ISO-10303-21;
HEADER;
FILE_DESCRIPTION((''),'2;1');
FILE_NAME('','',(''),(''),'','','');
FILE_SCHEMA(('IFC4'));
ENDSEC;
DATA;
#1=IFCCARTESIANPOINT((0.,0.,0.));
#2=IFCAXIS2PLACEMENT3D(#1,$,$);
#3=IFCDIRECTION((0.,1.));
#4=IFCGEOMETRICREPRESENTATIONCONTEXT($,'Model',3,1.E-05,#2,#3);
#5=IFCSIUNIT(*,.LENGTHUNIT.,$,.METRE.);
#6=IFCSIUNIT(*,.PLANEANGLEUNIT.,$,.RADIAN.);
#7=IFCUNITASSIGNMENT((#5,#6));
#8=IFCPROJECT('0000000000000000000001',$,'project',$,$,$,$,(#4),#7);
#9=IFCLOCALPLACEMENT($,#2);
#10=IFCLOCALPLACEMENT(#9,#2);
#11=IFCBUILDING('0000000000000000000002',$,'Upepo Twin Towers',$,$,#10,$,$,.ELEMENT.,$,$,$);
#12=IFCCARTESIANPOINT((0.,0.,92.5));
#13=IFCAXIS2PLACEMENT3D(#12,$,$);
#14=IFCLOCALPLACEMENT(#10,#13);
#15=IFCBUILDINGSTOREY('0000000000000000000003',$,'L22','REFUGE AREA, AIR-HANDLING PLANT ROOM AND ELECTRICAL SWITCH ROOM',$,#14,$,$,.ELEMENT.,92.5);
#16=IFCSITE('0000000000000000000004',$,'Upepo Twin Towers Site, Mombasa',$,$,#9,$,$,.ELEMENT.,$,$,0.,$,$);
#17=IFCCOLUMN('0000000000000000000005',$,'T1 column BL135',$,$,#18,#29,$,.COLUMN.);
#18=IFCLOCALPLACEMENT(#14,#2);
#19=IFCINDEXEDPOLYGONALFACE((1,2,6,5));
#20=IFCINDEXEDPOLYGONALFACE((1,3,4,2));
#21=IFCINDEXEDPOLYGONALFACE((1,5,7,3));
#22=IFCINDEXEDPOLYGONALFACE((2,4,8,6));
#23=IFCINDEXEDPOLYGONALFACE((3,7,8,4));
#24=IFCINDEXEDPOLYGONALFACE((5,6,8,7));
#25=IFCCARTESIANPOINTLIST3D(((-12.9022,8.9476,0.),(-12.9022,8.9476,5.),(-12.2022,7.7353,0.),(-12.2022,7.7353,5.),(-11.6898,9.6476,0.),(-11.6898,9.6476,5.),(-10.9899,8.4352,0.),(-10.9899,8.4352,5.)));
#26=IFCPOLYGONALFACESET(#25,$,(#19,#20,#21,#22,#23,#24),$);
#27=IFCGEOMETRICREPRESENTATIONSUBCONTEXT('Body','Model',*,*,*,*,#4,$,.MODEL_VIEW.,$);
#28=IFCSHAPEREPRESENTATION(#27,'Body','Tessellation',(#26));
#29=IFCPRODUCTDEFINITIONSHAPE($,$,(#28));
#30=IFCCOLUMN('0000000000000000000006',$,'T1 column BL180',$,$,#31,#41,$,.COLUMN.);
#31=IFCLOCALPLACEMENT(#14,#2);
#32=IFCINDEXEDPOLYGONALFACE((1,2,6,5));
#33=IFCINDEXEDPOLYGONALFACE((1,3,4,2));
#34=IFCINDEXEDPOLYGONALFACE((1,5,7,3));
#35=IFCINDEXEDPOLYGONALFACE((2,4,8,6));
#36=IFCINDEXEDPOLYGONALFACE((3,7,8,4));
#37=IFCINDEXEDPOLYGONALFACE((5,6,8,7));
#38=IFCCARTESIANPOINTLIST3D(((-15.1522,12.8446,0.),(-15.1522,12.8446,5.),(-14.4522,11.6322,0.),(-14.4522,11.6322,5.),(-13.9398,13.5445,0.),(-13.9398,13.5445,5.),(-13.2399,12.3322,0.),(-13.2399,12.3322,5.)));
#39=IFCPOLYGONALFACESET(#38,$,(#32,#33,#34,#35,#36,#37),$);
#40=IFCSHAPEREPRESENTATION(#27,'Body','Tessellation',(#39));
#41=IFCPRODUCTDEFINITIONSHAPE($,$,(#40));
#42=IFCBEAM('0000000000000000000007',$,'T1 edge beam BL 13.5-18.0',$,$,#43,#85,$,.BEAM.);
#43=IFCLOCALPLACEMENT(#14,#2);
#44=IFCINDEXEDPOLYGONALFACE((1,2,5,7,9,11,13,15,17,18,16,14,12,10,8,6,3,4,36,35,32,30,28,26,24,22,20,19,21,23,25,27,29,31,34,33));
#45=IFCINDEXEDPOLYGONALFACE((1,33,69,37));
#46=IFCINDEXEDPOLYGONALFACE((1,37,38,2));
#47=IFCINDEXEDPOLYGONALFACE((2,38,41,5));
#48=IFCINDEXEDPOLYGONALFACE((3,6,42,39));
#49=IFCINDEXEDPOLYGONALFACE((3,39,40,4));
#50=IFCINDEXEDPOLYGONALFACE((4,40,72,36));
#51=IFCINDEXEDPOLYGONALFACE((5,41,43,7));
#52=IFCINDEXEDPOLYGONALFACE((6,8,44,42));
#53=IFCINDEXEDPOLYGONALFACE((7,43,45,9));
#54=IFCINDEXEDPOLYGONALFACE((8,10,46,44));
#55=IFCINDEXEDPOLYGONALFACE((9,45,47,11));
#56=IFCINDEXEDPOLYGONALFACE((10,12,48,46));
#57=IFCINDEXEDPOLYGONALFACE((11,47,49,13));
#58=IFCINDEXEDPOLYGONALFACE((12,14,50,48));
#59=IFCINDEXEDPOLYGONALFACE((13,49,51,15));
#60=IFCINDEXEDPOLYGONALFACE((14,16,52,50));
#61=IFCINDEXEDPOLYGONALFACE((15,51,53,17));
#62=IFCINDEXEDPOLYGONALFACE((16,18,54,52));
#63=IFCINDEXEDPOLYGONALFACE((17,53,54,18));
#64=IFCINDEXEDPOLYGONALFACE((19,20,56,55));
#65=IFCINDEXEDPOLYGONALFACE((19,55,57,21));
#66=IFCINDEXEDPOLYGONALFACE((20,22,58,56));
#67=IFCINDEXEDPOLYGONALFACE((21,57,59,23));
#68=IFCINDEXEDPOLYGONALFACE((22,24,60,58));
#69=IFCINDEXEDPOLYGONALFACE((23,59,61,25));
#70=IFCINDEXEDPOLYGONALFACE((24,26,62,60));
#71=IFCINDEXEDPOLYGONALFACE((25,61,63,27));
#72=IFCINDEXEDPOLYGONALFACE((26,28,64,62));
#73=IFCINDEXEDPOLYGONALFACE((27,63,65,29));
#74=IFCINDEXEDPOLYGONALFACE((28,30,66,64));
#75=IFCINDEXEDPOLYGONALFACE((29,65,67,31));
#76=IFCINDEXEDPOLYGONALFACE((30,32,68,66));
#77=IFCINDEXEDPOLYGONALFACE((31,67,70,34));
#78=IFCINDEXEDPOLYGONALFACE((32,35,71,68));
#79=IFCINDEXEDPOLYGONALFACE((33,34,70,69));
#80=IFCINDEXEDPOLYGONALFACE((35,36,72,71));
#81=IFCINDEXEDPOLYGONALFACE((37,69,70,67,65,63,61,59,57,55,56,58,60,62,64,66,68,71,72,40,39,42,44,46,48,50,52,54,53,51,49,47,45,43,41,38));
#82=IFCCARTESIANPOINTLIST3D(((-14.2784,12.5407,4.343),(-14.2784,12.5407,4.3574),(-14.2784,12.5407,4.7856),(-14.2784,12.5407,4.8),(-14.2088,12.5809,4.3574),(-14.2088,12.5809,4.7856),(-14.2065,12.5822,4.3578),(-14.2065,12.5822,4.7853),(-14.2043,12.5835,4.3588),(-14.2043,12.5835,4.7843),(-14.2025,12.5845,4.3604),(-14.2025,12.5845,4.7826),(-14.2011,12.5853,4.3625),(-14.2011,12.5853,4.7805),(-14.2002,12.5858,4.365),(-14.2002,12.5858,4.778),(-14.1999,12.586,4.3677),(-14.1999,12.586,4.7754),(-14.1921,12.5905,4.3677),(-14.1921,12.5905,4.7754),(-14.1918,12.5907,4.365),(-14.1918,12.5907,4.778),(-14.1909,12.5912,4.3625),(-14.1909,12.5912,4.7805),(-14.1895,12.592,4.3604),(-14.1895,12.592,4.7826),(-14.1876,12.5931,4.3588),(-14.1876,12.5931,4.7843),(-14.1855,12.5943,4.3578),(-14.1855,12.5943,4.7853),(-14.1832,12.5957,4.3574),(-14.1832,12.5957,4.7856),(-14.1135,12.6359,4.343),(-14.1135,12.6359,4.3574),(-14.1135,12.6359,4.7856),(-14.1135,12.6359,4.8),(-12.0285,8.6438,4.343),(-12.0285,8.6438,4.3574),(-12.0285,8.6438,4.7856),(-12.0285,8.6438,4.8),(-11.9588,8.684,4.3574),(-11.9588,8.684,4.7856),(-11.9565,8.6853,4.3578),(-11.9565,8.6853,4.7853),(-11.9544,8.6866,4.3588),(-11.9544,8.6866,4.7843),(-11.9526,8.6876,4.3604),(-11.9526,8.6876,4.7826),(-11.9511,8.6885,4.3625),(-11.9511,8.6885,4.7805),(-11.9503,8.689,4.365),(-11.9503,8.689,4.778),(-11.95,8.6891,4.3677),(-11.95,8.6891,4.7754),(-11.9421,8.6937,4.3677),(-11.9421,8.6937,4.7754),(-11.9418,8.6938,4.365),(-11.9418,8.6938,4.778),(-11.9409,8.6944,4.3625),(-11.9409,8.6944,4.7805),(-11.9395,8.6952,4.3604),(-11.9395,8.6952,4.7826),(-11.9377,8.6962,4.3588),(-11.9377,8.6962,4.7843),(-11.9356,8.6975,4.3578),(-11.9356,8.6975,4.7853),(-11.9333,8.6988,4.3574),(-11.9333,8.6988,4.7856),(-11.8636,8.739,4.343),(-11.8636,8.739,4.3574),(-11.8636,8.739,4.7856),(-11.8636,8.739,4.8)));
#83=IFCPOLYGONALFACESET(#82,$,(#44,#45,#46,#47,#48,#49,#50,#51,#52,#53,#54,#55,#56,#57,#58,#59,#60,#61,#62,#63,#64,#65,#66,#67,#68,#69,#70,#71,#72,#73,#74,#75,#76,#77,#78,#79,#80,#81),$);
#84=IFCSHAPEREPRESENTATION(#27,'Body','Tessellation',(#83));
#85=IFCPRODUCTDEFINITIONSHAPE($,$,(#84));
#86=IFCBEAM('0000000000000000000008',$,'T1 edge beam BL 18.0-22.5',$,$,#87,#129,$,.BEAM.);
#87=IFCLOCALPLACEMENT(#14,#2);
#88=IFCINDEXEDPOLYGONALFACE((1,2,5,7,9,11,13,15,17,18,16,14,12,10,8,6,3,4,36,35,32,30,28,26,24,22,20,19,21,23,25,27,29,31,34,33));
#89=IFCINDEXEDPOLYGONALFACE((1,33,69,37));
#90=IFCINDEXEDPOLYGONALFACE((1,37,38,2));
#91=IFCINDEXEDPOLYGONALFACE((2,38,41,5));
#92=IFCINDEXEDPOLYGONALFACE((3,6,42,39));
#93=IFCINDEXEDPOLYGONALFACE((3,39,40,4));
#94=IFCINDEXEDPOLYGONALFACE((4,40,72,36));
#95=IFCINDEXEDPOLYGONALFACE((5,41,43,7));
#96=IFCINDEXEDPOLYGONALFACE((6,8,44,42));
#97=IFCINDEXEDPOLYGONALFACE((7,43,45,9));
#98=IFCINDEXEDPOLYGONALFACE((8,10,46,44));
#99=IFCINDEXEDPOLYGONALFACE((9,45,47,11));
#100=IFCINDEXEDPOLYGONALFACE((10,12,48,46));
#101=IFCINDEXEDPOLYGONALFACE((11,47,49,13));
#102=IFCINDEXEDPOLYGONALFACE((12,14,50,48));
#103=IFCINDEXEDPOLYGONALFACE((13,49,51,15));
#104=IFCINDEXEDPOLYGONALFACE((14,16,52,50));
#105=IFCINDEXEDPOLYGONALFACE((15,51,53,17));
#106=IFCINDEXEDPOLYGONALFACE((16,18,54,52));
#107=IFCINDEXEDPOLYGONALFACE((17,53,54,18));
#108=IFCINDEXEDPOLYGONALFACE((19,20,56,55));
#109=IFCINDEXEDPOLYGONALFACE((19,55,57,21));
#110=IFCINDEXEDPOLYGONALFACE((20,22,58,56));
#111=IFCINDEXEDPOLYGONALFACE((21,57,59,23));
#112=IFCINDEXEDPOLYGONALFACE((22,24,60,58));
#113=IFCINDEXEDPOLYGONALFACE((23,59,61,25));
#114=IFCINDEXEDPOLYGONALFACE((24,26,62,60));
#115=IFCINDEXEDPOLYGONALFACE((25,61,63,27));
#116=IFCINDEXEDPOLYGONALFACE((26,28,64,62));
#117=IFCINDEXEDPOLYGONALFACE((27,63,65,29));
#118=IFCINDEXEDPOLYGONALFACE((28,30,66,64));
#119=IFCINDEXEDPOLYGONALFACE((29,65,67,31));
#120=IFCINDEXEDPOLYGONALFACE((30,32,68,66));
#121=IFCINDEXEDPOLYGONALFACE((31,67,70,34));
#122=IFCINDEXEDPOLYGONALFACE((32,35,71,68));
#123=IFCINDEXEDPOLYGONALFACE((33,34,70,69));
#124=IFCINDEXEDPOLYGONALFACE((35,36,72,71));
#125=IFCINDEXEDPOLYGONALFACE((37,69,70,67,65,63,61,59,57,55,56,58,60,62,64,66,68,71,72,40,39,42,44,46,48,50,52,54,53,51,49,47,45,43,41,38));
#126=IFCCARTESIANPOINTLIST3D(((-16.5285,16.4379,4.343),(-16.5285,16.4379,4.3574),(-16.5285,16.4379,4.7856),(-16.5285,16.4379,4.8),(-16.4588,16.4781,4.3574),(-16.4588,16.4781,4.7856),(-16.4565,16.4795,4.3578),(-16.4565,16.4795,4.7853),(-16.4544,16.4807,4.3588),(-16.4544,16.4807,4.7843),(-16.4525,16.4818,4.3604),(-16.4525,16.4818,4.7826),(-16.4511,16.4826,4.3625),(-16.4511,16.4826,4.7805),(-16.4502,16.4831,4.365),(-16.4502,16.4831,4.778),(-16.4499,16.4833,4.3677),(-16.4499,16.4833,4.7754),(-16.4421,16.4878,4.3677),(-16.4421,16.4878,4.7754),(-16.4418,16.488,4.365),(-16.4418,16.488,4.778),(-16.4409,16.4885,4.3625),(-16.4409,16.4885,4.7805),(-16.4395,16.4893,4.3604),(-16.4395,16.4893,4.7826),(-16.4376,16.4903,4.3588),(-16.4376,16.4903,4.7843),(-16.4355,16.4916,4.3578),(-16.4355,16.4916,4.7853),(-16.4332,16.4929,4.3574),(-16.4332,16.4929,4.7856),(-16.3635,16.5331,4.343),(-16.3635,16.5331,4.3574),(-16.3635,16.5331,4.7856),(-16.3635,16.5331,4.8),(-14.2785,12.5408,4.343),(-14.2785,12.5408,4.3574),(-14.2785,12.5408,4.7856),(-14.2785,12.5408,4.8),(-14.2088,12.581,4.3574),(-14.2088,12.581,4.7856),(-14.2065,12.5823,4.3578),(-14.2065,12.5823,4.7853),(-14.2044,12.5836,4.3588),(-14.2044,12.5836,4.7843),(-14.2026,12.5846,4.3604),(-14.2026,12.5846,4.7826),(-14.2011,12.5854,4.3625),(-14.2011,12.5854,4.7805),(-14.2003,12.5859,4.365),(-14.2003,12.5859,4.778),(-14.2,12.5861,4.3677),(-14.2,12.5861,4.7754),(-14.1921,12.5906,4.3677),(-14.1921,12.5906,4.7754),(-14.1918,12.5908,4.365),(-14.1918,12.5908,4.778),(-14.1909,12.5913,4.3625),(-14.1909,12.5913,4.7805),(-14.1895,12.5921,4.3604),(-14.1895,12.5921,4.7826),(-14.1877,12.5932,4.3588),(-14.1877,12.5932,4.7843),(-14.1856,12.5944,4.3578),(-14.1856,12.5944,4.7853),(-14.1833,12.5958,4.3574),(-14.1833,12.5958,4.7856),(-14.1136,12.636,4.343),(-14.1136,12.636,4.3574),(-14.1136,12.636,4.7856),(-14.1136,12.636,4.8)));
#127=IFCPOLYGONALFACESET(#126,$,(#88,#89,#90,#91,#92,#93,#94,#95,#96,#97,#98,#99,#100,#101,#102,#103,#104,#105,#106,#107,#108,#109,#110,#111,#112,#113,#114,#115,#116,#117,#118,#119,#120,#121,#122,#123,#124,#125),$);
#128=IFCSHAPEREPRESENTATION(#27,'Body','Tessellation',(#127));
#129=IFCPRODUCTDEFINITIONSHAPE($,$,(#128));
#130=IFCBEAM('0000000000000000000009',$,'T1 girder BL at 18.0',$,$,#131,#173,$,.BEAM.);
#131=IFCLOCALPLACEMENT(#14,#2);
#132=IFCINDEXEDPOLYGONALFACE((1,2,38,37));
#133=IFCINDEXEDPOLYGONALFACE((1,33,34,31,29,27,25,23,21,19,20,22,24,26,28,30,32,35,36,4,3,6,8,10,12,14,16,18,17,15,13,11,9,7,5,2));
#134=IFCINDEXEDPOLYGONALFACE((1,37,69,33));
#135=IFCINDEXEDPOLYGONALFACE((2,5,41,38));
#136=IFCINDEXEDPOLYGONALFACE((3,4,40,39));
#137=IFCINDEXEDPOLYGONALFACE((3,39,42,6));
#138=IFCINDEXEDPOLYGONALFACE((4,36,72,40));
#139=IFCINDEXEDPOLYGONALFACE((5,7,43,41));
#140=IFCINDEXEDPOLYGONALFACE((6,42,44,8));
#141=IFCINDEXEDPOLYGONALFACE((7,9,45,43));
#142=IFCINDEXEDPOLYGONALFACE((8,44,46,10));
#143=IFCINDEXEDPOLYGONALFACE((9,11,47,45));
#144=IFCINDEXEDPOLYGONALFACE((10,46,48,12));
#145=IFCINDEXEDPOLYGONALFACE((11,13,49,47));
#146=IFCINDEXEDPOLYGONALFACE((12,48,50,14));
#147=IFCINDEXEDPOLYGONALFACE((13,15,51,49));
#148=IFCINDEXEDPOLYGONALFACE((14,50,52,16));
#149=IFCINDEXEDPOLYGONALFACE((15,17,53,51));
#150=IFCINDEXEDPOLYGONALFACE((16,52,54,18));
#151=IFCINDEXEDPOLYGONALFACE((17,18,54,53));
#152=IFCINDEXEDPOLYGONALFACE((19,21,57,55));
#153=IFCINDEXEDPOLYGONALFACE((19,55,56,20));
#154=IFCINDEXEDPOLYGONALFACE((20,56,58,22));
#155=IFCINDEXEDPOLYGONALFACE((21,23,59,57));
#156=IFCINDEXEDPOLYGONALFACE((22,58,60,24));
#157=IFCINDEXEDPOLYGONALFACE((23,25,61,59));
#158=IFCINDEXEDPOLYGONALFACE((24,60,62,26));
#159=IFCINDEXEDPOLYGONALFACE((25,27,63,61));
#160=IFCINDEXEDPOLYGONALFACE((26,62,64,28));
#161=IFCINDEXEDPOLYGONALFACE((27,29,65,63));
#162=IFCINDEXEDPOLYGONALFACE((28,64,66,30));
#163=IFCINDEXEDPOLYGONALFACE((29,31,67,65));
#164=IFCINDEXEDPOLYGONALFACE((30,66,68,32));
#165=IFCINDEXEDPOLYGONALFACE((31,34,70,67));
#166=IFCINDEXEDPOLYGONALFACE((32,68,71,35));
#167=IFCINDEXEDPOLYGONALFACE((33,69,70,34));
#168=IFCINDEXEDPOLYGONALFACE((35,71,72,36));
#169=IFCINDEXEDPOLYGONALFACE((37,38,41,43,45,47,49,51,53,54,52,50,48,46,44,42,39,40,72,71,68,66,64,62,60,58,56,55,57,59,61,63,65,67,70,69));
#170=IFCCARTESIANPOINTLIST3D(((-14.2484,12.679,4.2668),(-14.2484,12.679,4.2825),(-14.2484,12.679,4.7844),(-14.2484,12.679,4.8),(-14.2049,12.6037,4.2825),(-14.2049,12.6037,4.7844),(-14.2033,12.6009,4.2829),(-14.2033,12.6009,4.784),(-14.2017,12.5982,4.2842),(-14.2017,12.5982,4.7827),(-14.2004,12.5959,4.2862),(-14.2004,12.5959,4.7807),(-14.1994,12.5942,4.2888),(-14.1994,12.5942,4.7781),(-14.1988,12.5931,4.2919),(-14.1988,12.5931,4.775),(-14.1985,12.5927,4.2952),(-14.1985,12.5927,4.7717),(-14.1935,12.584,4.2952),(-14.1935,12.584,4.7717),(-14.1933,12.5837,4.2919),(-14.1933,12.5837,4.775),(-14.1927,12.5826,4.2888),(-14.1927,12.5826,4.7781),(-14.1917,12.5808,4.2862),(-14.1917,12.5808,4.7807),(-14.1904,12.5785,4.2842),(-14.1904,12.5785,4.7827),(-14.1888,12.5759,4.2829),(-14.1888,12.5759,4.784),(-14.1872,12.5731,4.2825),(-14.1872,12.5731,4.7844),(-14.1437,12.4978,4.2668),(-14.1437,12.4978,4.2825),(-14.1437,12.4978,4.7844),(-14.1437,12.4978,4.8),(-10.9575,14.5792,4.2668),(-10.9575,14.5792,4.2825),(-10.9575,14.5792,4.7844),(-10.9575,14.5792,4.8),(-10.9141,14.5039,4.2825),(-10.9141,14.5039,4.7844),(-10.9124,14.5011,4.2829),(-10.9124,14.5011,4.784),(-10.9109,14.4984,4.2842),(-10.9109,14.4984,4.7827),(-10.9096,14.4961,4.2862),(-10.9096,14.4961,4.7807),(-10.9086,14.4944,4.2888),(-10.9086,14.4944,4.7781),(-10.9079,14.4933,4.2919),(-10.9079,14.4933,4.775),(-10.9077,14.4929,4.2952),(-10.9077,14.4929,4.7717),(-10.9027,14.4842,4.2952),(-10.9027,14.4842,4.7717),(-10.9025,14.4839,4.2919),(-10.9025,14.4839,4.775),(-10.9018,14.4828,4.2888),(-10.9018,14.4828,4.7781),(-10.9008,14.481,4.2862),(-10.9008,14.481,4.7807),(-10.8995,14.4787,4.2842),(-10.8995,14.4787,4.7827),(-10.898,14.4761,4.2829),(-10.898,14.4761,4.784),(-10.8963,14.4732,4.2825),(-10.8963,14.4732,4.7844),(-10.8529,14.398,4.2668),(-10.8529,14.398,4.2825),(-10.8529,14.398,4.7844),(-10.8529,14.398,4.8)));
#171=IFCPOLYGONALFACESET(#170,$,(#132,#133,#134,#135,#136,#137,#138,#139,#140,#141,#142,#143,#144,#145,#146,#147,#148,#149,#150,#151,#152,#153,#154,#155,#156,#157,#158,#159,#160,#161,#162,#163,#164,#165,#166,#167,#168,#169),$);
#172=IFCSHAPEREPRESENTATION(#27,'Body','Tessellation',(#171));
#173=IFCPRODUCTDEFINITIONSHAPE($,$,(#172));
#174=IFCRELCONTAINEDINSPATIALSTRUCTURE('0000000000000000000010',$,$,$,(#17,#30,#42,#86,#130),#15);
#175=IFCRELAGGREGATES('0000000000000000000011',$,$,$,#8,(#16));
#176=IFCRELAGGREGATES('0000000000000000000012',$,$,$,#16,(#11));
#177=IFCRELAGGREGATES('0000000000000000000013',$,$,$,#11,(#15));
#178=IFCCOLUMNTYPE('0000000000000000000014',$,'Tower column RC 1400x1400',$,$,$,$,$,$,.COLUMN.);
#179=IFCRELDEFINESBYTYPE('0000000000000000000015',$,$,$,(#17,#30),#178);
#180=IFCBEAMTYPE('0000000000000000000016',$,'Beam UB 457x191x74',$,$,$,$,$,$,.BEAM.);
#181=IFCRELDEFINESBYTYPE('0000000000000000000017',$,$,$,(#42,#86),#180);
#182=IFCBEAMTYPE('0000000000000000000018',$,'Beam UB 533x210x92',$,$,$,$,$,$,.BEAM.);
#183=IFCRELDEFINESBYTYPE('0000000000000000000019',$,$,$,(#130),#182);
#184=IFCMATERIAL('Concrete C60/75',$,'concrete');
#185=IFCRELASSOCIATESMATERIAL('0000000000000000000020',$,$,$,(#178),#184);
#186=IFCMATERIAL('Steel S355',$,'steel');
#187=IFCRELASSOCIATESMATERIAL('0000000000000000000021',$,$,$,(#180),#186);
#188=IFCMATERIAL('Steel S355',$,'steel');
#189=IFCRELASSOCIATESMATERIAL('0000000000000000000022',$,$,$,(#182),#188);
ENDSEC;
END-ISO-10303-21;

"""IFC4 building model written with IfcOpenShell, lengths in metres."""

from ifc_helpers import new_model, si_unit, direction, frame, origin, origin_2d, place, context, subcontext, project, spatial, rectangle, i_section, extrude, material, material_profile, profile_set, type_object, element, save


model = new_model("IFC4")

# Units and contexts
model_context = context("Model", 3, precision=1e-05, world=origin(), true_north=direction((0.0, 1.0)))
body_context = subcontext(model_context, "Body", "Model", "MODEL_VIEW")
ifc_project = project(units=[si_unit("LENGTHUNIT", "METRE"), si_unit("PLANEANGLEUNIT", "RADIAN")], contexts=[model_context])

# Site, building, storey
site_placement = place(None, origin())
site = spatial("IfcSite", under=ifc_project, at=site_placement, Name="Upepo Twin Towers Site, Mombasa", CompositionType="ELEMENT", RefElevation=0.0)
building_placement = place(site_placement, origin())
building = spatial("IfcBuilding", under=site, at=building_placement, Name="Upepo Twin Towers", CompositionType="ELEMENT")
storey_placement = place(building_placement, frame((0.0, 0.0, 92.5)))
storey = spatial("IfcBuildingStorey", under=building, at=storey_placement, Name="L22", Description="REFUGE AREA, AIR-HANDLING PLANT ROOM AND ELECTRICAL SWITCH ROOM", CompositionType="ELEMENT", Elevation=92.5)

# Columns
ifc_material_1 = material(Name="Concrete C60/75", Category="concrete")
ifc_material_profile_1 = material_profile(ifc_material_1, rectangle(XDim=1.3999, YDim=1.3999, at=origin_2d()), Name="RC 1400x1400")
ifc_profile_set_1 = profile_set([ifc_material_profile_1], Name="Concrete C60/75")
column_type = type_object("IfcColumnType", Name="Tower column RC 1400x1400", PredefinedType="COLUMN", material=ifc_profile_set_1)
for number, where, z_axis, x_axis, name in (
    (1, (-11.946, 8.6914, 0.0), (0.0, 0.0, 1.0), (0.866025, 0.5, 0.0), "T1 column BL135"),
    (2, (-14.196, 12.5884, 0.0), (0.0, 0.0, 1.0), (0.866025, 0.5, 0.0), "T1 column BL180"),
):
    element("IfcColumn", number, at=place(storey_placement, frame(where, z_axis=z_axis, x_axis=x_axis)), inside=storey, type_object=column_type, Name=name, PredefinedType="COLUMN", context=body_context, shape_type="SweptSolid", body=[
        extrude(rectangle(XDim=1.3999, YDim=1.3999, at=origin_2d()), origin(), (0.0, 0.0, 1.0), 5.0),
    ])

# Beams
ifc_material_2 = material(Name="Steel S355", Category="steel")
ifc_material_profile_2 = material_profile(ifc_material_2, i_section(OverallWidth=0.1904, OverallDepth=0.457, WebThickness=0.009, FlangeThickness=0.0144, FilletRadius=0.0103, at=origin_2d()), Name="UB 457x191x74")
ifc_profile_set_2 = profile_set([ifc_material_profile_2], Name="Steel S355")
beam_type_1 = type_object("IfcBeamType", Name="Beam UB 457x191x74", PredefinedType="BEAM", material=ifc_profile_set_2)
beam_1_placement = place(storey_placement, frame((-11.946, 8.6914, 4.5715), z_axis=(-0.500014, 0.866018, 0.0), x_axis=(-0.866018, -0.500014, 0.0)))
element("IfcBeam", 3, at=beam_1_placement, inside=storey, type_object=beam_type_1, Name="T1 edge beam BL 13.5-18.0", PredefinedType="BEAM", context=body_context, shape_type="SweptSolid", body=[
    extrude(i_section(OverallWidth=0.1904, OverallDepth=0.457, WebThickness=0.009, FlangeThickness=0.0144, FilletRadius=0.0103, at=origin_2d()), origin(), (0.0, 0.0, 1.0), 4.4998),
])
beam_2_placement = place(storey_placement, frame((-14.196, 12.5884, 4.5715), z_axis=(-0.49999, 0.866031, 0.0), x_axis=(-0.866031, -0.49999, 0.0)))
element("IfcBeam", 4, at=beam_2_placement, inside=storey, type_object=beam_type_1, Name="T1 edge beam BL 18.0-22.5", PredefinedType="BEAM", context=body_context, shape_type="SweptSolid", body=[
    extrude(i_section(OverallWidth=0.1904, OverallDepth=0.457, WebThickness=0.009, FlangeThickness=0.0144, FilletRadius=0.0103, at=origin_2d()), origin(), (0.0, 0.0, 1.0), 4.5),
])
ifc_material_3 = material(Name="Steel S355", Category="steel")
ifc_material_profile_3 = material_profile(ifc_material_3, i_section(OverallWidth=0.2092, OverallDepth=0.5332, WebThickness=0.01, FlangeThickness=0.0156, FilletRadius=0.0127, at=origin_2d()), Name="UB 533x210x92")
ifc_profile_set_3 = profile_set([ifc_material_profile_3], Name="Steel S355")
beam_type_2 = type_object("IfcBeamType", Name="Beam UB 533x210x92", PredefinedType="BEAM", material=ifc_profile_set_3)
beam_3_placement = place(storey_placement, frame((-14.196, 12.5884, 4.5334), z_axis=(0.866, 0.500043, 0.0), x_axis=(-0.500043, 0.866, 0.0)))
element("IfcBeam", 5, at=beam_3_placement, inside=storey, type_object=beam_type_2, Name="T1 girder BL at 18.0", PredefinedType="BEAM", context=body_context, shape_type="SweptSolid", body=[
    extrude(i_section(OverallWidth=0.2092, OverallDepth=0.5332, WebThickness=0.01, FlangeThickness=0.0156, FilletRadius=0.0127, at=origin_2d()), origin(), (0.0, 0.0, 1.0), 3.8),
])

save(model, "model.ifc")
